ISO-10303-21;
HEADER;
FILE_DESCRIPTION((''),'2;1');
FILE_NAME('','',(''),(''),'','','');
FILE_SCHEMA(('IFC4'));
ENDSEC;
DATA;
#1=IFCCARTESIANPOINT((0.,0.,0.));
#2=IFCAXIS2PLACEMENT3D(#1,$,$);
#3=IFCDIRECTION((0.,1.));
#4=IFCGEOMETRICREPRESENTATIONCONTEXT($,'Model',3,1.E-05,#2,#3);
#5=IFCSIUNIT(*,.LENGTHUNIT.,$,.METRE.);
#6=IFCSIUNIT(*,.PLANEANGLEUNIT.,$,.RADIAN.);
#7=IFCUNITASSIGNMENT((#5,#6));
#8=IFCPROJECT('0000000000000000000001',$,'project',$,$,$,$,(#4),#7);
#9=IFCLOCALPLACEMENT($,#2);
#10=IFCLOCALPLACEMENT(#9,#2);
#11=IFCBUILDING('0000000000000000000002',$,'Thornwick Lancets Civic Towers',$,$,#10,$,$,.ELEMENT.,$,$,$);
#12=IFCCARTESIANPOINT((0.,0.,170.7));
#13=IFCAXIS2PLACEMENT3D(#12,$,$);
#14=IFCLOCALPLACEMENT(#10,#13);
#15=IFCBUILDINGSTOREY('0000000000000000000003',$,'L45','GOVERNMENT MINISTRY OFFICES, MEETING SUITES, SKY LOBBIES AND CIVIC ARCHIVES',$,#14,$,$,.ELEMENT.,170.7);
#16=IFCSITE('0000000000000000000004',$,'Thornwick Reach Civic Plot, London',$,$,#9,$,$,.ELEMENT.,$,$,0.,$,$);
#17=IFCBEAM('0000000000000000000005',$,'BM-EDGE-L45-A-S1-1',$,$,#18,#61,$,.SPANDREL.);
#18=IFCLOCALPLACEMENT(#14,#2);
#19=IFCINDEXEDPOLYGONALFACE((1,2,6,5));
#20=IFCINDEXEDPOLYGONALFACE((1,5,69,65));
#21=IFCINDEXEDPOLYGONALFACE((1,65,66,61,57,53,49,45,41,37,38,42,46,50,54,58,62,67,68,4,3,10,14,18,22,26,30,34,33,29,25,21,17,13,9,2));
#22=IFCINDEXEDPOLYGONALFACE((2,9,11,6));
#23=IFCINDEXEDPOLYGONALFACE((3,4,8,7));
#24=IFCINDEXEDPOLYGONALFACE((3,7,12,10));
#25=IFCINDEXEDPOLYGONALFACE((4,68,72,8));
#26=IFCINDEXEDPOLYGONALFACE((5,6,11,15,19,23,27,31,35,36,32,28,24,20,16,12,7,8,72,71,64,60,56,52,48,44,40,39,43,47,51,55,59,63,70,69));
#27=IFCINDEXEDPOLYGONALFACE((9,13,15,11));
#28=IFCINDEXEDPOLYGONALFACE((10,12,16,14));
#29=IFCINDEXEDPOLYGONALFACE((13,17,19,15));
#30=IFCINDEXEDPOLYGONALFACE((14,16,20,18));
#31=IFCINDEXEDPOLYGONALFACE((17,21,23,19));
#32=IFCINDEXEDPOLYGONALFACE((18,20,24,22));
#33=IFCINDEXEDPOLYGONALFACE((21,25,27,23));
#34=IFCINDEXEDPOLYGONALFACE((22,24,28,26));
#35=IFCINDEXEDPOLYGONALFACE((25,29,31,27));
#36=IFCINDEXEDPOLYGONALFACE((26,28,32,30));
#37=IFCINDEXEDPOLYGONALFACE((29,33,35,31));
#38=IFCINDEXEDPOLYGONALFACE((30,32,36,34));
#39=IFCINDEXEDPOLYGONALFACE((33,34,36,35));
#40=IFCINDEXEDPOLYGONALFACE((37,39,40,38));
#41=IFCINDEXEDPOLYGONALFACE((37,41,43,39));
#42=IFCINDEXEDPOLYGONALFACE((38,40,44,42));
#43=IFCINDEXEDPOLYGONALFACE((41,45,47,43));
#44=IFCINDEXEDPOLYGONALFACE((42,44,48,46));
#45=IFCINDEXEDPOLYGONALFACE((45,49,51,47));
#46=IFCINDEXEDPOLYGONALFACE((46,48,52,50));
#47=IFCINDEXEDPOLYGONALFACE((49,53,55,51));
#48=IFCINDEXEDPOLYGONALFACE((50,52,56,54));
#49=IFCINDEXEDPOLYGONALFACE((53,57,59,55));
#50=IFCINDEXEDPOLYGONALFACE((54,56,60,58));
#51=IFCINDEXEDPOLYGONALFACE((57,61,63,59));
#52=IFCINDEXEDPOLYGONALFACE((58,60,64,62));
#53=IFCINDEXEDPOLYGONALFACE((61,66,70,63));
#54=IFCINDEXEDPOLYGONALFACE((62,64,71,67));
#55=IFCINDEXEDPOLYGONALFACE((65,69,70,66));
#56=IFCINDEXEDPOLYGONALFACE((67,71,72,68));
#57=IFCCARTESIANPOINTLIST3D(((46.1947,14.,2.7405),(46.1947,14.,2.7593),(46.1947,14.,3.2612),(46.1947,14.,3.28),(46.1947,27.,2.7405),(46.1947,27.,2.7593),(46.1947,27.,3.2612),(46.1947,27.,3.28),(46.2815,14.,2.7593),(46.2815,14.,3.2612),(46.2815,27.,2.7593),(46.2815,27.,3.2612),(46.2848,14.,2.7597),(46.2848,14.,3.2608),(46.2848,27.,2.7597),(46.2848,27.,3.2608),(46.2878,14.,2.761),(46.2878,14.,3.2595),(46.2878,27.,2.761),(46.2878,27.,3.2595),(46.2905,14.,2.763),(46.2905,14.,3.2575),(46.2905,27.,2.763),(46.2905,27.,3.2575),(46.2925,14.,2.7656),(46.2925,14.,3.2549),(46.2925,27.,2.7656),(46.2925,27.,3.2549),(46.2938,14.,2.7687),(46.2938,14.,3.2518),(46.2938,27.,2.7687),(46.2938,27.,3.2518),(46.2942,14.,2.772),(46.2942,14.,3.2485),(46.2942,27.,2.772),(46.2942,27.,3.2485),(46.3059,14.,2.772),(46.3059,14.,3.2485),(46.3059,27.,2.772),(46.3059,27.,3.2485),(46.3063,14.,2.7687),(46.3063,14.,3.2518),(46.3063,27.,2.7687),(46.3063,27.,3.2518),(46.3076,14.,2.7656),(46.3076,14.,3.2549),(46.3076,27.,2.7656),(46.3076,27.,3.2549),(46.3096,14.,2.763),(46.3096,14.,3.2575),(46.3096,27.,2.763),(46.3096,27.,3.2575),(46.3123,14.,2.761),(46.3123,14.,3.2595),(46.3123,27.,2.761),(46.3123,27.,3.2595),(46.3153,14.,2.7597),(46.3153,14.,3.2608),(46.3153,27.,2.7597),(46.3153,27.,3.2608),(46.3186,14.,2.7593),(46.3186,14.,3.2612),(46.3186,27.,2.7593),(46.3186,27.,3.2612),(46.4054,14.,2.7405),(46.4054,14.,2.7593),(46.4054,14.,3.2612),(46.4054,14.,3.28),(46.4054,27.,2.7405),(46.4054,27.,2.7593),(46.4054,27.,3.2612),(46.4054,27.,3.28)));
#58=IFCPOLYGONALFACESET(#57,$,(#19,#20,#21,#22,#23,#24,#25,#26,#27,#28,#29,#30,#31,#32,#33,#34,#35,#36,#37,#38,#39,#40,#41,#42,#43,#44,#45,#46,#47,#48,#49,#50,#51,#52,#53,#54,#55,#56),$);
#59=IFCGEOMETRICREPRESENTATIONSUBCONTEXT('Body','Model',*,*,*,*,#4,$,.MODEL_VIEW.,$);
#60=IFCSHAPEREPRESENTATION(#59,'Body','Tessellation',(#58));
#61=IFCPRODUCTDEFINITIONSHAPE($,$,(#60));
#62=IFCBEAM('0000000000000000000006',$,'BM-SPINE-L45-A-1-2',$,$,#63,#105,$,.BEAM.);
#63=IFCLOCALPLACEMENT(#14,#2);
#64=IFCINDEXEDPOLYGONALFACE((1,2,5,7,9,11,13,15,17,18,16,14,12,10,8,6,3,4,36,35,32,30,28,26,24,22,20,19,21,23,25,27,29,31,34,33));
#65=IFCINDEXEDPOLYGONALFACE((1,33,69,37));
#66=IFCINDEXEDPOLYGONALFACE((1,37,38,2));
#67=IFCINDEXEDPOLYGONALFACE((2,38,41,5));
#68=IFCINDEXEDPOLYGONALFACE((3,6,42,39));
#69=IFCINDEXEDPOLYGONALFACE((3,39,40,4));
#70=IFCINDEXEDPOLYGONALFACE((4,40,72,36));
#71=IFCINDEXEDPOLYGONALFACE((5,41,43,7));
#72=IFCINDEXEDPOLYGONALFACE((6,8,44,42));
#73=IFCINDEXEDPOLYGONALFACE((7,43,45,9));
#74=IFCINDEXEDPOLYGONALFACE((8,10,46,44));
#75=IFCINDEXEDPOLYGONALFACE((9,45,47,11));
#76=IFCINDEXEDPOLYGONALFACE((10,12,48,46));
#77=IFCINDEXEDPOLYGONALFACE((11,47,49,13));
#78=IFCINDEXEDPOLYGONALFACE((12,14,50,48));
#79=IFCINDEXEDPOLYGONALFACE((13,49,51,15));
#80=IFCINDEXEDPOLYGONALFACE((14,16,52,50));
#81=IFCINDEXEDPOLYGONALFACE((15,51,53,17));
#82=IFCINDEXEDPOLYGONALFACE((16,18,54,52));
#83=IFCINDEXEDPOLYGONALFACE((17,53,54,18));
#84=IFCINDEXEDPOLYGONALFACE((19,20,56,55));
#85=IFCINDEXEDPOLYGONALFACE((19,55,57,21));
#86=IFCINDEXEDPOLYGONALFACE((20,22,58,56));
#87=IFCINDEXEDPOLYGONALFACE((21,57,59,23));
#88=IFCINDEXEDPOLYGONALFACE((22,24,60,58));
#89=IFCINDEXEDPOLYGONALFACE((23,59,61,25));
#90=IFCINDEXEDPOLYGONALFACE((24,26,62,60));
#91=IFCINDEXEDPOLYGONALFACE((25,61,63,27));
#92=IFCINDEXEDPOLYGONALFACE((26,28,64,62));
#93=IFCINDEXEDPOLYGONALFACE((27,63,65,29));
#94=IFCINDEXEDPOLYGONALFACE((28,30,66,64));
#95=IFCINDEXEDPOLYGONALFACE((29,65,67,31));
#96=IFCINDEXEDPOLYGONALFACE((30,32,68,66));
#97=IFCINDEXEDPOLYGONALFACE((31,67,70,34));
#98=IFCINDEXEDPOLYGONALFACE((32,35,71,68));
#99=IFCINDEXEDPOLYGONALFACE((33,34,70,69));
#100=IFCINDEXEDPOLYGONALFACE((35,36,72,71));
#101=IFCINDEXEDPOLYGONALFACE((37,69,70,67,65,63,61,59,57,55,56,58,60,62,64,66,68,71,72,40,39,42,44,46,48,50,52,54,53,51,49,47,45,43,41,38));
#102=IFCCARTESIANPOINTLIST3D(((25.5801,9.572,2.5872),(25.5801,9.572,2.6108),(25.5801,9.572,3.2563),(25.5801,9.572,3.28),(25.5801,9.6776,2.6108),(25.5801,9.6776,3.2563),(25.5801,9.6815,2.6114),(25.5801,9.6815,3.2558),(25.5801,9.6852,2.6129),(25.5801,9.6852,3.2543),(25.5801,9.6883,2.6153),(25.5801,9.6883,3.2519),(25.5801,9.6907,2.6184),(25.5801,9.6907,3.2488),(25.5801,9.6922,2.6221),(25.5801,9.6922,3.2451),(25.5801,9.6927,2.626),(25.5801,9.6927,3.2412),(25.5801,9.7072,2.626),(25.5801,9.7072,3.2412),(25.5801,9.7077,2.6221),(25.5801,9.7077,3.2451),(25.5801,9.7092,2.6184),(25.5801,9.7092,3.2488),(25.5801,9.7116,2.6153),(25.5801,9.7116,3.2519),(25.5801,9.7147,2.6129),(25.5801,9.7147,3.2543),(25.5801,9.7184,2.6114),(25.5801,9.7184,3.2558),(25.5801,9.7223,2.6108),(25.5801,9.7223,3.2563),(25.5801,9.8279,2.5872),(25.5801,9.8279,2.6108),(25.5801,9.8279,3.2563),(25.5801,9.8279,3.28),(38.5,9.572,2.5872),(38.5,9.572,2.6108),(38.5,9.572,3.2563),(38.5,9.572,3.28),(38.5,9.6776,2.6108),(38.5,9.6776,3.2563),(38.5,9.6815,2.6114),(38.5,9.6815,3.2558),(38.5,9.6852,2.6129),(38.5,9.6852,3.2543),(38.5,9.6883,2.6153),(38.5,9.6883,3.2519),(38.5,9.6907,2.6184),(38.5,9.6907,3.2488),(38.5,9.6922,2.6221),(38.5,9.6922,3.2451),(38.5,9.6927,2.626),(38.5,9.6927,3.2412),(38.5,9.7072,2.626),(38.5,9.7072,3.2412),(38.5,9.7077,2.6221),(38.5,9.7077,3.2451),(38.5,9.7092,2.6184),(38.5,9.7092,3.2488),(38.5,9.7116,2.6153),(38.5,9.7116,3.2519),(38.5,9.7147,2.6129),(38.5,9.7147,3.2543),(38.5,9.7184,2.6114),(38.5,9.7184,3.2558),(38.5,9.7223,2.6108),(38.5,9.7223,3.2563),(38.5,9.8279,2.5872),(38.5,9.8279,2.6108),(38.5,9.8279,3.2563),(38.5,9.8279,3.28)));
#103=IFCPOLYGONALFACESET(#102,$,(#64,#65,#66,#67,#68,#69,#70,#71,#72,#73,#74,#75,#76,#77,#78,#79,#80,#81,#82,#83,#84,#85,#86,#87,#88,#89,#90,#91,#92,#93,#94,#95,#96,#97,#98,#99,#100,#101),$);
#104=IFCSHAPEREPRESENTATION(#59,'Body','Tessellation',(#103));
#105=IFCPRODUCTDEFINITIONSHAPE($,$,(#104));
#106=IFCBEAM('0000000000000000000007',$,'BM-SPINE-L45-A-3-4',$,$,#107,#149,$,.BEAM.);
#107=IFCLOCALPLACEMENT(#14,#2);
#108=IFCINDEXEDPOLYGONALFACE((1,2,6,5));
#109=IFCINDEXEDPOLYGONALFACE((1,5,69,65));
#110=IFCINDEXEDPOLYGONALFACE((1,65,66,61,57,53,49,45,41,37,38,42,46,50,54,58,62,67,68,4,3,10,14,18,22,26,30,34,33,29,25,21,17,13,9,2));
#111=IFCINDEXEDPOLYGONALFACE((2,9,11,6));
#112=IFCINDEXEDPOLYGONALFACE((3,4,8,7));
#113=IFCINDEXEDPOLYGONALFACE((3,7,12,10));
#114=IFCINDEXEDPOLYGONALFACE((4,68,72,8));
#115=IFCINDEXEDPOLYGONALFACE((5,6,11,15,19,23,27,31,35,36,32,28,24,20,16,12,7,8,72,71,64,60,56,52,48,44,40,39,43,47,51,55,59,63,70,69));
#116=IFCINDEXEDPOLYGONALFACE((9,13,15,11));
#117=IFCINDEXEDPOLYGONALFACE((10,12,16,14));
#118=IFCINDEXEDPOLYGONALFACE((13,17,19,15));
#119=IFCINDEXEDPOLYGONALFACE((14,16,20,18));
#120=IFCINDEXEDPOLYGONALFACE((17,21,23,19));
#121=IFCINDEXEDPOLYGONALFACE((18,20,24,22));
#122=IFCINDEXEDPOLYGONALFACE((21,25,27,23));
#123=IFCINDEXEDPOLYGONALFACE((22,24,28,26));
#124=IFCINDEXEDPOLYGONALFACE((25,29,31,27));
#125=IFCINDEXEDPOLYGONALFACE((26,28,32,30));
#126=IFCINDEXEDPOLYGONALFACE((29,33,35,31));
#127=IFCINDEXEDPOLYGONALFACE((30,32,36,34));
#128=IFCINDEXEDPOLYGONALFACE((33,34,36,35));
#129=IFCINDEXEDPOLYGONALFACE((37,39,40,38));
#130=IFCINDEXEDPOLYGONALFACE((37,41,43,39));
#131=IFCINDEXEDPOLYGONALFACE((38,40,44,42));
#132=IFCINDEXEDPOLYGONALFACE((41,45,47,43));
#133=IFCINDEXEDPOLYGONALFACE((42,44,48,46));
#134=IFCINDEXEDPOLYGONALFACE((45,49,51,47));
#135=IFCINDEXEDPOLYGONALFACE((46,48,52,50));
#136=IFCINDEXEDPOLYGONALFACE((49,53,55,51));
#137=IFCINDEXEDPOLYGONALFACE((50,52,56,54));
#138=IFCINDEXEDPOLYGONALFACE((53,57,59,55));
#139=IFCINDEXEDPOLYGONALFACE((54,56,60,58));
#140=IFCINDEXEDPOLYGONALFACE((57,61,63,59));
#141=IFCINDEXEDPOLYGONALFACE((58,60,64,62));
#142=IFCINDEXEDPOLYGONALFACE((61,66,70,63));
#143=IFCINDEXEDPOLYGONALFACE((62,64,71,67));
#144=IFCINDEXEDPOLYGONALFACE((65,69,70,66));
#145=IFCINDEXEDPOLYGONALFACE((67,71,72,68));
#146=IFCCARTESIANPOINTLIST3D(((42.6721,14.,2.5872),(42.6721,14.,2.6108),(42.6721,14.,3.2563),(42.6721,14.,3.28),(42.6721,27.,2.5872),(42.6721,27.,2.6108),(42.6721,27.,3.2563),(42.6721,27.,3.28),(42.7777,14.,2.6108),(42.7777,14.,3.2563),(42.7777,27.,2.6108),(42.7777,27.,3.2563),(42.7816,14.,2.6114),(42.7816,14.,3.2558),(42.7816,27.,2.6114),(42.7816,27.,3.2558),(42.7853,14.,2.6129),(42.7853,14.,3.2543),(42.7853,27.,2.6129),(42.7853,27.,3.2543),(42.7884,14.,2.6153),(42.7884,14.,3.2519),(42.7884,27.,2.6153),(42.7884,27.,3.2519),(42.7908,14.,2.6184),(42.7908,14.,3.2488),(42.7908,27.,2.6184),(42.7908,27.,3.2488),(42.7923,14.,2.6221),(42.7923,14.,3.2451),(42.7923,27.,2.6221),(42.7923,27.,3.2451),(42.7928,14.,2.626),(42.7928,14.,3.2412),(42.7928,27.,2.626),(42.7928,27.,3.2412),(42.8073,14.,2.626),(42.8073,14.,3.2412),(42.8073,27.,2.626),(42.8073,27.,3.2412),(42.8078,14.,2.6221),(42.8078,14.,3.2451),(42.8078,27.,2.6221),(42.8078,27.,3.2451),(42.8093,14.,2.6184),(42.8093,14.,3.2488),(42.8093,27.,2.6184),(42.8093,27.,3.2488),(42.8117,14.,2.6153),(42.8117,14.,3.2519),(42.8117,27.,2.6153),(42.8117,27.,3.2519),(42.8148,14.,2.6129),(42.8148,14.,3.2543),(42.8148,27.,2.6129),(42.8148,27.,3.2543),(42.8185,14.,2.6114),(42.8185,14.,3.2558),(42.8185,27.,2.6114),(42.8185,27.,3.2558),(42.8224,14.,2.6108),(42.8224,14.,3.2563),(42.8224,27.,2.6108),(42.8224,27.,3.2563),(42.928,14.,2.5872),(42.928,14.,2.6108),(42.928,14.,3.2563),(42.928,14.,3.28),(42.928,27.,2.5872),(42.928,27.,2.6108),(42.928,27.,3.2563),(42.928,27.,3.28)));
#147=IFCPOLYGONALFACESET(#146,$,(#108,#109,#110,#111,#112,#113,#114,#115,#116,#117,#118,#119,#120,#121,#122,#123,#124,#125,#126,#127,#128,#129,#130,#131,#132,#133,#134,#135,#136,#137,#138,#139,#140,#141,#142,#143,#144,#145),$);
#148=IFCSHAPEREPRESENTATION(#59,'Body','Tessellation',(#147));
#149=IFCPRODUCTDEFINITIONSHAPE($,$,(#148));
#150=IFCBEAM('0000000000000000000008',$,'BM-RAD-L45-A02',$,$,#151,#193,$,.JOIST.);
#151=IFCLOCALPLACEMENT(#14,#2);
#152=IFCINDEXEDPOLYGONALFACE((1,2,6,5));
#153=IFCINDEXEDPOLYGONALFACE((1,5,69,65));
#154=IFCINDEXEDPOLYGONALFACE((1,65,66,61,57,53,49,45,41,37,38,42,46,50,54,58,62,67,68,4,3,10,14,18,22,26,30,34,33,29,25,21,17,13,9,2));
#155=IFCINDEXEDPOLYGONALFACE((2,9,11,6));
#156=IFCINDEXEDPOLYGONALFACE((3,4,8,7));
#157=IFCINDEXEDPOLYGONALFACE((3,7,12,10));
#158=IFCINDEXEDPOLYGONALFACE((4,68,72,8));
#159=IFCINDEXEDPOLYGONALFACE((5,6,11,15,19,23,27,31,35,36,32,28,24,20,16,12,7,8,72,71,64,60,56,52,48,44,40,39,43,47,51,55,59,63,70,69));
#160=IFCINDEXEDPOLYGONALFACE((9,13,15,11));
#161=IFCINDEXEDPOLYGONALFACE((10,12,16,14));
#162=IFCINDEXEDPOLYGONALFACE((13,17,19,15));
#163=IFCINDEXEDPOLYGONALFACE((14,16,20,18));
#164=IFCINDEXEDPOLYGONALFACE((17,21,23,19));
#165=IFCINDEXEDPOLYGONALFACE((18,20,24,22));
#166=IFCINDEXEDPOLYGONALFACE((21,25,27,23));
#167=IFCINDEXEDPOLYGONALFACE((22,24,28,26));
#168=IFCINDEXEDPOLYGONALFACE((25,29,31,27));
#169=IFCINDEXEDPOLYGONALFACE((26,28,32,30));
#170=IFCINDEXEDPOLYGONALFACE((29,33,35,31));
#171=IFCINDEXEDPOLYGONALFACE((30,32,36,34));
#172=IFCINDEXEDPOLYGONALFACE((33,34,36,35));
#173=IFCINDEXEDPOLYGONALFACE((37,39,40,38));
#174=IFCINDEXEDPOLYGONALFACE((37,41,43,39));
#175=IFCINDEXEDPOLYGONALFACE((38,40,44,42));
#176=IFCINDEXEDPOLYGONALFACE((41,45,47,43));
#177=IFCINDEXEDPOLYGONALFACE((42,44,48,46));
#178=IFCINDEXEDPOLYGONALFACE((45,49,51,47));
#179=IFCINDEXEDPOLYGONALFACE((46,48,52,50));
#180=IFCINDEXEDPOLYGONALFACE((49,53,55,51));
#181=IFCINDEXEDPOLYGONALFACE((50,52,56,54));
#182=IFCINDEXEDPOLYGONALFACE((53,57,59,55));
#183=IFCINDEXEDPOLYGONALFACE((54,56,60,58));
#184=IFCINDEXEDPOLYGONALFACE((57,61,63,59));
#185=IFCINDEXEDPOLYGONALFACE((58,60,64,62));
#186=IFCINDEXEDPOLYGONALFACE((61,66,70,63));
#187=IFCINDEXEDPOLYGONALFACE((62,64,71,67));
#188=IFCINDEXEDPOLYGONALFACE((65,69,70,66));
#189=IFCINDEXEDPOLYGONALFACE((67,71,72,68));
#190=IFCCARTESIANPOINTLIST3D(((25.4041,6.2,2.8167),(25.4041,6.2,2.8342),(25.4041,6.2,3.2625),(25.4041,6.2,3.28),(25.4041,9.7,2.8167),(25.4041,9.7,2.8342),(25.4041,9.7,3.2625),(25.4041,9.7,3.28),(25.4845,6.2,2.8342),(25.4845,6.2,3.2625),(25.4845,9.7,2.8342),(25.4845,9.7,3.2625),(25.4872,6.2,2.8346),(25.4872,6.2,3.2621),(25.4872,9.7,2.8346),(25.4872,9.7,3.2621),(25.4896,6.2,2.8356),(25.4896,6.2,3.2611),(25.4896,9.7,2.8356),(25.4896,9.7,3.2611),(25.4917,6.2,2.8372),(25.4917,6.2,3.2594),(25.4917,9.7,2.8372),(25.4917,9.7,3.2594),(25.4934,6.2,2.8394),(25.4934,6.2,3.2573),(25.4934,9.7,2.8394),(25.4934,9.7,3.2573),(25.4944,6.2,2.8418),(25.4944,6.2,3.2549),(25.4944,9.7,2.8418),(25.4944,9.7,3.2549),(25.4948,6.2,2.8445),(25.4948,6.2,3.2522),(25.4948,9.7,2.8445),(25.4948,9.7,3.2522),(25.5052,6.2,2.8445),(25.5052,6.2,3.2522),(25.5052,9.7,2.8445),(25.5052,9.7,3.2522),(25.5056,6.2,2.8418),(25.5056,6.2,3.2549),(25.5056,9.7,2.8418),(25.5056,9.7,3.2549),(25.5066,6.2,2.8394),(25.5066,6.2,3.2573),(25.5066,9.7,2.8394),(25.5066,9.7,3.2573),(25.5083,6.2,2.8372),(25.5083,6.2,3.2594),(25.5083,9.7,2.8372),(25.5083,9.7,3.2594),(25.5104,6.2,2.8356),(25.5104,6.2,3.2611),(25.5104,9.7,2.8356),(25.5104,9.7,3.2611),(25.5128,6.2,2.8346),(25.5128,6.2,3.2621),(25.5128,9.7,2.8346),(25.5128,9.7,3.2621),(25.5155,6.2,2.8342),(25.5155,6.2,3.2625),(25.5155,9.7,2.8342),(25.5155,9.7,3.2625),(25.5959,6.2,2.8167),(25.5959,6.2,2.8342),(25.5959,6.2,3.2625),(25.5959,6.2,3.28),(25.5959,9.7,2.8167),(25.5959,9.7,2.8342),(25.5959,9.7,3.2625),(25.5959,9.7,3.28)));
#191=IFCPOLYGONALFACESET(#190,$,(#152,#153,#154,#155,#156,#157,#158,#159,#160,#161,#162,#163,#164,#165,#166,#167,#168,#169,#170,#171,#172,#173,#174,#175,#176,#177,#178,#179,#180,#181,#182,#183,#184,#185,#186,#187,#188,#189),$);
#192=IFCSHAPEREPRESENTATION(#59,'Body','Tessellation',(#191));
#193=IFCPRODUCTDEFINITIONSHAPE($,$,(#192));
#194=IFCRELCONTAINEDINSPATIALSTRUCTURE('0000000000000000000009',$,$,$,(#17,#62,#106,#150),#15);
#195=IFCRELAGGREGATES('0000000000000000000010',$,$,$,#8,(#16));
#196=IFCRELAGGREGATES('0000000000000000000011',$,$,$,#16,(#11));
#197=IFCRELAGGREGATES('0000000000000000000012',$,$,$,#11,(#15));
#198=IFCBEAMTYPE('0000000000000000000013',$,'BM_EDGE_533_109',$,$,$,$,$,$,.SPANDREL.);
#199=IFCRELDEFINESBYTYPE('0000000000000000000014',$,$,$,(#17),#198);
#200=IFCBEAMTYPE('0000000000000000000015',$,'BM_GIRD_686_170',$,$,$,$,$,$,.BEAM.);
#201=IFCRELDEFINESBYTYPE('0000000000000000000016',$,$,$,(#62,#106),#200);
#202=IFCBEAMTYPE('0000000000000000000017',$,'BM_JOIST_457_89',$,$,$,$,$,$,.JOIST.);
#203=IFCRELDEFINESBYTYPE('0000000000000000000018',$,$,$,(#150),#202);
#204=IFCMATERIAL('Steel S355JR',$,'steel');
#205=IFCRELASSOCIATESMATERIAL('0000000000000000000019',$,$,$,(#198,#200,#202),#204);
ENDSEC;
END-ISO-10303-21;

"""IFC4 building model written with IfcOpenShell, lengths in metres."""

from ifc_helpers import new_model, si_unit, direction, frame, origin, origin_2d, place, context, subcontext, project, spatial, i_section, extrude, material, material_profile, profile_set, type_object, element, save


model = new_model("IFC4")

# Units and contexts
model_context = context("Model", 3, precision=1e-05, world=origin(), true_north=direction((0.0, 1.0)))
body_context = subcontext(model_context, "Body", "Model", "MODEL_VIEW")
ifc_project = project(units=[si_unit("LENGTHUNIT", "METRE"), si_unit("PLANEANGLEUNIT", "RADIAN")], contexts=[model_context])

# Site, building, storey
site_placement = place(None, origin())
site = spatial("IfcSite", under=ifc_project, at=site_placement, Name="Thornwick Reach Civic Plot, London", CompositionType="ELEMENT", RefElevation=0.0)
building_placement = place(site_placement, origin())
building = spatial("IfcBuilding", under=site, at=building_placement, Name="Thornwick Lancets Civic Towers", CompositionType="ELEMENT")
storey_placement = place(building_placement, frame((0.0, 0.0, 170.7)))
storey = spatial("IfcBuildingStorey", under=building, at=storey_placement, Name="L45", Description="GOVERNMENT MINISTRY OFFICES, MEETING SUITES, SKY LOBBIES AND CIVIC ARCHIVES", CompositionType="ELEMENT", Elevation=170.7)

# Beams
ifc_material_1 = material(Name="Steel S355JR", Category="steel")
ifc_material_profile_1 = material_profile(ifc_material_1, i_section(OverallWidth=0.2107, OverallDepth=0.5396, WebThickness=0.0117, FlangeThickness=0.0188, FilletRadius=0.0127, at=origin_2d()), Name="UKB 533x210x109")
ifc_profile_set_1 = profile_set([ifc_material_profile_1], Name="Steel S355JR")
beam_type_1 = type_object("IfcBeamType", Name="BM_EDGE_533_109", PredefinedType="SPANDREL", material=ifc_profile_set_1)
beam_1_placement = place(storey_placement, frame((46.3, 14.0, 3.0103), z_axis=(0.0, 1.0, 0.0), x_axis=(-1.0, 0.0, 0.0)))
element("IfcBeam", 1, at=beam_1_placement, inside=storey, type_object=beam_type_1, Name="BM-EDGE-L45-A-S1-1", PredefinedType="SPANDREL", context=body_context, shape_type="SweptSolid", body=[
    extrude(i_section(OverallWidth=0.2107, OverallDepth=0.5396, WebThickness=0.0117, FlangeThickness=0.0188, FilletRadius=0.0127, at=origin_2d()), origin(), (0.0, 0.0, 1.0), 13.0),
])
ifc_material_profile_2 = material_profile(ifc_material_1, i_section(OverallWidth=0.2559, OverallDepth=0.6929, WebThickness=0.0144, FlangeThickness=0.0237, FilletRadius=0.0151, at=origin_2d()), Name="UKB 686x254x170")
ifc_profile_set_2 = profile_set([ifc_material_profile_2], Name="Steel S355JR")
beam_type_2 = type_object("IfcBeamType", Name="BM_GIRD_686_170", PredefinedType="BEAM", material=ifc_profile_set_2)
beam_2_placement = place(storey_placement, frame((25.5801, 9.7, 2.9336), z_axis=(1.0, 0.0, 0.0), x_axis=(0.0, 1.0, 0.0)))
element("IfcBeam", 2, at=beam_2_placement, inside=storey, type_object=beam_type_2, Name="BM-SPINE-L45-A-1-2", PredefinedType="BEAM", context=body_context, shape_type="SweptSolid", body=[
    extrude(i_section(OverallWidth=0.2559, OverallDepth=0.6929, WebThickness=0.0144, FlangeThickness=0.0237, FilletRadius=0.0151, at=origin_2d()), origin(), (0.0, 0.0, 1.0), 12.9199),
])
beam_3_placement = place(storey_placement, frame((42.8, 14.0, 2.9336), z_axis=(0.0, 1.0, 0.0), x_axis=(-1.0, 0.0, 0.0)))
element("IfcBeam", 3, at=beam_3_placement, inside=storey, type_object=beam_type_2, Name="BM-SPINE-L45-A-3-4", PredefinedType="BEAM", context=body_context, shape_type="SweptSolid", body=[
    extrude(i_section(OverallWidth=0.2559, OverallDepth=0.6929, WebThickness=0.0144, FlangeThickness=0.0237, FilletRadius=0.0151, at=origin_2d()), origin(), (0.0, 0.0, 1.0), 13.0),
])
ifc_material_profile_3 = material_profile(ifc_material_1, i_section(OverallWidth=0.1919, OverallDepth=0.4634, WebThickness=0.0105, FlangeThickness=0.0176, FilletRadius=0.0103, at=origin_2d()), Name="UKB 457x191x89")
ifc_profile_set_3 = profile_set([ifc_material_profile_3], Name="Steel S355JR")
beam_type_3 = type_object("IfcBeamType", Name="BM_JOIST_457_89", PredefinedType="JOIST", material=ifc_profile_set_3)
for number, where, z_axis, x_axis, name in (
    (4, (25.5, 9.7, 3.0483), (0.0, -1.0, 0.0), (1.0, 0.0, 0.0), "BM-RAD-L45-A02"),
):
    element("IfcBeam", number, at=place(storey_placement, frame(where, z_axis=z_axis, x_axis=x_axis)), inside=storey, type_object=beam_type_3, Name=name, PredefinedType="JOIST", context=body_context, shape_type="SweptSolid", body=[
        extrude(i_section(OverallWidth=0.1919, OverallDepth=0.4634, WebThickness=0.0105, FlangeThickness=0.0176, FilletRadius=0.0103, at=origin_2d()), origin(), (0.0, 0.0, 1.0), 3.5),
    ])

save(model, "model.ifc")
